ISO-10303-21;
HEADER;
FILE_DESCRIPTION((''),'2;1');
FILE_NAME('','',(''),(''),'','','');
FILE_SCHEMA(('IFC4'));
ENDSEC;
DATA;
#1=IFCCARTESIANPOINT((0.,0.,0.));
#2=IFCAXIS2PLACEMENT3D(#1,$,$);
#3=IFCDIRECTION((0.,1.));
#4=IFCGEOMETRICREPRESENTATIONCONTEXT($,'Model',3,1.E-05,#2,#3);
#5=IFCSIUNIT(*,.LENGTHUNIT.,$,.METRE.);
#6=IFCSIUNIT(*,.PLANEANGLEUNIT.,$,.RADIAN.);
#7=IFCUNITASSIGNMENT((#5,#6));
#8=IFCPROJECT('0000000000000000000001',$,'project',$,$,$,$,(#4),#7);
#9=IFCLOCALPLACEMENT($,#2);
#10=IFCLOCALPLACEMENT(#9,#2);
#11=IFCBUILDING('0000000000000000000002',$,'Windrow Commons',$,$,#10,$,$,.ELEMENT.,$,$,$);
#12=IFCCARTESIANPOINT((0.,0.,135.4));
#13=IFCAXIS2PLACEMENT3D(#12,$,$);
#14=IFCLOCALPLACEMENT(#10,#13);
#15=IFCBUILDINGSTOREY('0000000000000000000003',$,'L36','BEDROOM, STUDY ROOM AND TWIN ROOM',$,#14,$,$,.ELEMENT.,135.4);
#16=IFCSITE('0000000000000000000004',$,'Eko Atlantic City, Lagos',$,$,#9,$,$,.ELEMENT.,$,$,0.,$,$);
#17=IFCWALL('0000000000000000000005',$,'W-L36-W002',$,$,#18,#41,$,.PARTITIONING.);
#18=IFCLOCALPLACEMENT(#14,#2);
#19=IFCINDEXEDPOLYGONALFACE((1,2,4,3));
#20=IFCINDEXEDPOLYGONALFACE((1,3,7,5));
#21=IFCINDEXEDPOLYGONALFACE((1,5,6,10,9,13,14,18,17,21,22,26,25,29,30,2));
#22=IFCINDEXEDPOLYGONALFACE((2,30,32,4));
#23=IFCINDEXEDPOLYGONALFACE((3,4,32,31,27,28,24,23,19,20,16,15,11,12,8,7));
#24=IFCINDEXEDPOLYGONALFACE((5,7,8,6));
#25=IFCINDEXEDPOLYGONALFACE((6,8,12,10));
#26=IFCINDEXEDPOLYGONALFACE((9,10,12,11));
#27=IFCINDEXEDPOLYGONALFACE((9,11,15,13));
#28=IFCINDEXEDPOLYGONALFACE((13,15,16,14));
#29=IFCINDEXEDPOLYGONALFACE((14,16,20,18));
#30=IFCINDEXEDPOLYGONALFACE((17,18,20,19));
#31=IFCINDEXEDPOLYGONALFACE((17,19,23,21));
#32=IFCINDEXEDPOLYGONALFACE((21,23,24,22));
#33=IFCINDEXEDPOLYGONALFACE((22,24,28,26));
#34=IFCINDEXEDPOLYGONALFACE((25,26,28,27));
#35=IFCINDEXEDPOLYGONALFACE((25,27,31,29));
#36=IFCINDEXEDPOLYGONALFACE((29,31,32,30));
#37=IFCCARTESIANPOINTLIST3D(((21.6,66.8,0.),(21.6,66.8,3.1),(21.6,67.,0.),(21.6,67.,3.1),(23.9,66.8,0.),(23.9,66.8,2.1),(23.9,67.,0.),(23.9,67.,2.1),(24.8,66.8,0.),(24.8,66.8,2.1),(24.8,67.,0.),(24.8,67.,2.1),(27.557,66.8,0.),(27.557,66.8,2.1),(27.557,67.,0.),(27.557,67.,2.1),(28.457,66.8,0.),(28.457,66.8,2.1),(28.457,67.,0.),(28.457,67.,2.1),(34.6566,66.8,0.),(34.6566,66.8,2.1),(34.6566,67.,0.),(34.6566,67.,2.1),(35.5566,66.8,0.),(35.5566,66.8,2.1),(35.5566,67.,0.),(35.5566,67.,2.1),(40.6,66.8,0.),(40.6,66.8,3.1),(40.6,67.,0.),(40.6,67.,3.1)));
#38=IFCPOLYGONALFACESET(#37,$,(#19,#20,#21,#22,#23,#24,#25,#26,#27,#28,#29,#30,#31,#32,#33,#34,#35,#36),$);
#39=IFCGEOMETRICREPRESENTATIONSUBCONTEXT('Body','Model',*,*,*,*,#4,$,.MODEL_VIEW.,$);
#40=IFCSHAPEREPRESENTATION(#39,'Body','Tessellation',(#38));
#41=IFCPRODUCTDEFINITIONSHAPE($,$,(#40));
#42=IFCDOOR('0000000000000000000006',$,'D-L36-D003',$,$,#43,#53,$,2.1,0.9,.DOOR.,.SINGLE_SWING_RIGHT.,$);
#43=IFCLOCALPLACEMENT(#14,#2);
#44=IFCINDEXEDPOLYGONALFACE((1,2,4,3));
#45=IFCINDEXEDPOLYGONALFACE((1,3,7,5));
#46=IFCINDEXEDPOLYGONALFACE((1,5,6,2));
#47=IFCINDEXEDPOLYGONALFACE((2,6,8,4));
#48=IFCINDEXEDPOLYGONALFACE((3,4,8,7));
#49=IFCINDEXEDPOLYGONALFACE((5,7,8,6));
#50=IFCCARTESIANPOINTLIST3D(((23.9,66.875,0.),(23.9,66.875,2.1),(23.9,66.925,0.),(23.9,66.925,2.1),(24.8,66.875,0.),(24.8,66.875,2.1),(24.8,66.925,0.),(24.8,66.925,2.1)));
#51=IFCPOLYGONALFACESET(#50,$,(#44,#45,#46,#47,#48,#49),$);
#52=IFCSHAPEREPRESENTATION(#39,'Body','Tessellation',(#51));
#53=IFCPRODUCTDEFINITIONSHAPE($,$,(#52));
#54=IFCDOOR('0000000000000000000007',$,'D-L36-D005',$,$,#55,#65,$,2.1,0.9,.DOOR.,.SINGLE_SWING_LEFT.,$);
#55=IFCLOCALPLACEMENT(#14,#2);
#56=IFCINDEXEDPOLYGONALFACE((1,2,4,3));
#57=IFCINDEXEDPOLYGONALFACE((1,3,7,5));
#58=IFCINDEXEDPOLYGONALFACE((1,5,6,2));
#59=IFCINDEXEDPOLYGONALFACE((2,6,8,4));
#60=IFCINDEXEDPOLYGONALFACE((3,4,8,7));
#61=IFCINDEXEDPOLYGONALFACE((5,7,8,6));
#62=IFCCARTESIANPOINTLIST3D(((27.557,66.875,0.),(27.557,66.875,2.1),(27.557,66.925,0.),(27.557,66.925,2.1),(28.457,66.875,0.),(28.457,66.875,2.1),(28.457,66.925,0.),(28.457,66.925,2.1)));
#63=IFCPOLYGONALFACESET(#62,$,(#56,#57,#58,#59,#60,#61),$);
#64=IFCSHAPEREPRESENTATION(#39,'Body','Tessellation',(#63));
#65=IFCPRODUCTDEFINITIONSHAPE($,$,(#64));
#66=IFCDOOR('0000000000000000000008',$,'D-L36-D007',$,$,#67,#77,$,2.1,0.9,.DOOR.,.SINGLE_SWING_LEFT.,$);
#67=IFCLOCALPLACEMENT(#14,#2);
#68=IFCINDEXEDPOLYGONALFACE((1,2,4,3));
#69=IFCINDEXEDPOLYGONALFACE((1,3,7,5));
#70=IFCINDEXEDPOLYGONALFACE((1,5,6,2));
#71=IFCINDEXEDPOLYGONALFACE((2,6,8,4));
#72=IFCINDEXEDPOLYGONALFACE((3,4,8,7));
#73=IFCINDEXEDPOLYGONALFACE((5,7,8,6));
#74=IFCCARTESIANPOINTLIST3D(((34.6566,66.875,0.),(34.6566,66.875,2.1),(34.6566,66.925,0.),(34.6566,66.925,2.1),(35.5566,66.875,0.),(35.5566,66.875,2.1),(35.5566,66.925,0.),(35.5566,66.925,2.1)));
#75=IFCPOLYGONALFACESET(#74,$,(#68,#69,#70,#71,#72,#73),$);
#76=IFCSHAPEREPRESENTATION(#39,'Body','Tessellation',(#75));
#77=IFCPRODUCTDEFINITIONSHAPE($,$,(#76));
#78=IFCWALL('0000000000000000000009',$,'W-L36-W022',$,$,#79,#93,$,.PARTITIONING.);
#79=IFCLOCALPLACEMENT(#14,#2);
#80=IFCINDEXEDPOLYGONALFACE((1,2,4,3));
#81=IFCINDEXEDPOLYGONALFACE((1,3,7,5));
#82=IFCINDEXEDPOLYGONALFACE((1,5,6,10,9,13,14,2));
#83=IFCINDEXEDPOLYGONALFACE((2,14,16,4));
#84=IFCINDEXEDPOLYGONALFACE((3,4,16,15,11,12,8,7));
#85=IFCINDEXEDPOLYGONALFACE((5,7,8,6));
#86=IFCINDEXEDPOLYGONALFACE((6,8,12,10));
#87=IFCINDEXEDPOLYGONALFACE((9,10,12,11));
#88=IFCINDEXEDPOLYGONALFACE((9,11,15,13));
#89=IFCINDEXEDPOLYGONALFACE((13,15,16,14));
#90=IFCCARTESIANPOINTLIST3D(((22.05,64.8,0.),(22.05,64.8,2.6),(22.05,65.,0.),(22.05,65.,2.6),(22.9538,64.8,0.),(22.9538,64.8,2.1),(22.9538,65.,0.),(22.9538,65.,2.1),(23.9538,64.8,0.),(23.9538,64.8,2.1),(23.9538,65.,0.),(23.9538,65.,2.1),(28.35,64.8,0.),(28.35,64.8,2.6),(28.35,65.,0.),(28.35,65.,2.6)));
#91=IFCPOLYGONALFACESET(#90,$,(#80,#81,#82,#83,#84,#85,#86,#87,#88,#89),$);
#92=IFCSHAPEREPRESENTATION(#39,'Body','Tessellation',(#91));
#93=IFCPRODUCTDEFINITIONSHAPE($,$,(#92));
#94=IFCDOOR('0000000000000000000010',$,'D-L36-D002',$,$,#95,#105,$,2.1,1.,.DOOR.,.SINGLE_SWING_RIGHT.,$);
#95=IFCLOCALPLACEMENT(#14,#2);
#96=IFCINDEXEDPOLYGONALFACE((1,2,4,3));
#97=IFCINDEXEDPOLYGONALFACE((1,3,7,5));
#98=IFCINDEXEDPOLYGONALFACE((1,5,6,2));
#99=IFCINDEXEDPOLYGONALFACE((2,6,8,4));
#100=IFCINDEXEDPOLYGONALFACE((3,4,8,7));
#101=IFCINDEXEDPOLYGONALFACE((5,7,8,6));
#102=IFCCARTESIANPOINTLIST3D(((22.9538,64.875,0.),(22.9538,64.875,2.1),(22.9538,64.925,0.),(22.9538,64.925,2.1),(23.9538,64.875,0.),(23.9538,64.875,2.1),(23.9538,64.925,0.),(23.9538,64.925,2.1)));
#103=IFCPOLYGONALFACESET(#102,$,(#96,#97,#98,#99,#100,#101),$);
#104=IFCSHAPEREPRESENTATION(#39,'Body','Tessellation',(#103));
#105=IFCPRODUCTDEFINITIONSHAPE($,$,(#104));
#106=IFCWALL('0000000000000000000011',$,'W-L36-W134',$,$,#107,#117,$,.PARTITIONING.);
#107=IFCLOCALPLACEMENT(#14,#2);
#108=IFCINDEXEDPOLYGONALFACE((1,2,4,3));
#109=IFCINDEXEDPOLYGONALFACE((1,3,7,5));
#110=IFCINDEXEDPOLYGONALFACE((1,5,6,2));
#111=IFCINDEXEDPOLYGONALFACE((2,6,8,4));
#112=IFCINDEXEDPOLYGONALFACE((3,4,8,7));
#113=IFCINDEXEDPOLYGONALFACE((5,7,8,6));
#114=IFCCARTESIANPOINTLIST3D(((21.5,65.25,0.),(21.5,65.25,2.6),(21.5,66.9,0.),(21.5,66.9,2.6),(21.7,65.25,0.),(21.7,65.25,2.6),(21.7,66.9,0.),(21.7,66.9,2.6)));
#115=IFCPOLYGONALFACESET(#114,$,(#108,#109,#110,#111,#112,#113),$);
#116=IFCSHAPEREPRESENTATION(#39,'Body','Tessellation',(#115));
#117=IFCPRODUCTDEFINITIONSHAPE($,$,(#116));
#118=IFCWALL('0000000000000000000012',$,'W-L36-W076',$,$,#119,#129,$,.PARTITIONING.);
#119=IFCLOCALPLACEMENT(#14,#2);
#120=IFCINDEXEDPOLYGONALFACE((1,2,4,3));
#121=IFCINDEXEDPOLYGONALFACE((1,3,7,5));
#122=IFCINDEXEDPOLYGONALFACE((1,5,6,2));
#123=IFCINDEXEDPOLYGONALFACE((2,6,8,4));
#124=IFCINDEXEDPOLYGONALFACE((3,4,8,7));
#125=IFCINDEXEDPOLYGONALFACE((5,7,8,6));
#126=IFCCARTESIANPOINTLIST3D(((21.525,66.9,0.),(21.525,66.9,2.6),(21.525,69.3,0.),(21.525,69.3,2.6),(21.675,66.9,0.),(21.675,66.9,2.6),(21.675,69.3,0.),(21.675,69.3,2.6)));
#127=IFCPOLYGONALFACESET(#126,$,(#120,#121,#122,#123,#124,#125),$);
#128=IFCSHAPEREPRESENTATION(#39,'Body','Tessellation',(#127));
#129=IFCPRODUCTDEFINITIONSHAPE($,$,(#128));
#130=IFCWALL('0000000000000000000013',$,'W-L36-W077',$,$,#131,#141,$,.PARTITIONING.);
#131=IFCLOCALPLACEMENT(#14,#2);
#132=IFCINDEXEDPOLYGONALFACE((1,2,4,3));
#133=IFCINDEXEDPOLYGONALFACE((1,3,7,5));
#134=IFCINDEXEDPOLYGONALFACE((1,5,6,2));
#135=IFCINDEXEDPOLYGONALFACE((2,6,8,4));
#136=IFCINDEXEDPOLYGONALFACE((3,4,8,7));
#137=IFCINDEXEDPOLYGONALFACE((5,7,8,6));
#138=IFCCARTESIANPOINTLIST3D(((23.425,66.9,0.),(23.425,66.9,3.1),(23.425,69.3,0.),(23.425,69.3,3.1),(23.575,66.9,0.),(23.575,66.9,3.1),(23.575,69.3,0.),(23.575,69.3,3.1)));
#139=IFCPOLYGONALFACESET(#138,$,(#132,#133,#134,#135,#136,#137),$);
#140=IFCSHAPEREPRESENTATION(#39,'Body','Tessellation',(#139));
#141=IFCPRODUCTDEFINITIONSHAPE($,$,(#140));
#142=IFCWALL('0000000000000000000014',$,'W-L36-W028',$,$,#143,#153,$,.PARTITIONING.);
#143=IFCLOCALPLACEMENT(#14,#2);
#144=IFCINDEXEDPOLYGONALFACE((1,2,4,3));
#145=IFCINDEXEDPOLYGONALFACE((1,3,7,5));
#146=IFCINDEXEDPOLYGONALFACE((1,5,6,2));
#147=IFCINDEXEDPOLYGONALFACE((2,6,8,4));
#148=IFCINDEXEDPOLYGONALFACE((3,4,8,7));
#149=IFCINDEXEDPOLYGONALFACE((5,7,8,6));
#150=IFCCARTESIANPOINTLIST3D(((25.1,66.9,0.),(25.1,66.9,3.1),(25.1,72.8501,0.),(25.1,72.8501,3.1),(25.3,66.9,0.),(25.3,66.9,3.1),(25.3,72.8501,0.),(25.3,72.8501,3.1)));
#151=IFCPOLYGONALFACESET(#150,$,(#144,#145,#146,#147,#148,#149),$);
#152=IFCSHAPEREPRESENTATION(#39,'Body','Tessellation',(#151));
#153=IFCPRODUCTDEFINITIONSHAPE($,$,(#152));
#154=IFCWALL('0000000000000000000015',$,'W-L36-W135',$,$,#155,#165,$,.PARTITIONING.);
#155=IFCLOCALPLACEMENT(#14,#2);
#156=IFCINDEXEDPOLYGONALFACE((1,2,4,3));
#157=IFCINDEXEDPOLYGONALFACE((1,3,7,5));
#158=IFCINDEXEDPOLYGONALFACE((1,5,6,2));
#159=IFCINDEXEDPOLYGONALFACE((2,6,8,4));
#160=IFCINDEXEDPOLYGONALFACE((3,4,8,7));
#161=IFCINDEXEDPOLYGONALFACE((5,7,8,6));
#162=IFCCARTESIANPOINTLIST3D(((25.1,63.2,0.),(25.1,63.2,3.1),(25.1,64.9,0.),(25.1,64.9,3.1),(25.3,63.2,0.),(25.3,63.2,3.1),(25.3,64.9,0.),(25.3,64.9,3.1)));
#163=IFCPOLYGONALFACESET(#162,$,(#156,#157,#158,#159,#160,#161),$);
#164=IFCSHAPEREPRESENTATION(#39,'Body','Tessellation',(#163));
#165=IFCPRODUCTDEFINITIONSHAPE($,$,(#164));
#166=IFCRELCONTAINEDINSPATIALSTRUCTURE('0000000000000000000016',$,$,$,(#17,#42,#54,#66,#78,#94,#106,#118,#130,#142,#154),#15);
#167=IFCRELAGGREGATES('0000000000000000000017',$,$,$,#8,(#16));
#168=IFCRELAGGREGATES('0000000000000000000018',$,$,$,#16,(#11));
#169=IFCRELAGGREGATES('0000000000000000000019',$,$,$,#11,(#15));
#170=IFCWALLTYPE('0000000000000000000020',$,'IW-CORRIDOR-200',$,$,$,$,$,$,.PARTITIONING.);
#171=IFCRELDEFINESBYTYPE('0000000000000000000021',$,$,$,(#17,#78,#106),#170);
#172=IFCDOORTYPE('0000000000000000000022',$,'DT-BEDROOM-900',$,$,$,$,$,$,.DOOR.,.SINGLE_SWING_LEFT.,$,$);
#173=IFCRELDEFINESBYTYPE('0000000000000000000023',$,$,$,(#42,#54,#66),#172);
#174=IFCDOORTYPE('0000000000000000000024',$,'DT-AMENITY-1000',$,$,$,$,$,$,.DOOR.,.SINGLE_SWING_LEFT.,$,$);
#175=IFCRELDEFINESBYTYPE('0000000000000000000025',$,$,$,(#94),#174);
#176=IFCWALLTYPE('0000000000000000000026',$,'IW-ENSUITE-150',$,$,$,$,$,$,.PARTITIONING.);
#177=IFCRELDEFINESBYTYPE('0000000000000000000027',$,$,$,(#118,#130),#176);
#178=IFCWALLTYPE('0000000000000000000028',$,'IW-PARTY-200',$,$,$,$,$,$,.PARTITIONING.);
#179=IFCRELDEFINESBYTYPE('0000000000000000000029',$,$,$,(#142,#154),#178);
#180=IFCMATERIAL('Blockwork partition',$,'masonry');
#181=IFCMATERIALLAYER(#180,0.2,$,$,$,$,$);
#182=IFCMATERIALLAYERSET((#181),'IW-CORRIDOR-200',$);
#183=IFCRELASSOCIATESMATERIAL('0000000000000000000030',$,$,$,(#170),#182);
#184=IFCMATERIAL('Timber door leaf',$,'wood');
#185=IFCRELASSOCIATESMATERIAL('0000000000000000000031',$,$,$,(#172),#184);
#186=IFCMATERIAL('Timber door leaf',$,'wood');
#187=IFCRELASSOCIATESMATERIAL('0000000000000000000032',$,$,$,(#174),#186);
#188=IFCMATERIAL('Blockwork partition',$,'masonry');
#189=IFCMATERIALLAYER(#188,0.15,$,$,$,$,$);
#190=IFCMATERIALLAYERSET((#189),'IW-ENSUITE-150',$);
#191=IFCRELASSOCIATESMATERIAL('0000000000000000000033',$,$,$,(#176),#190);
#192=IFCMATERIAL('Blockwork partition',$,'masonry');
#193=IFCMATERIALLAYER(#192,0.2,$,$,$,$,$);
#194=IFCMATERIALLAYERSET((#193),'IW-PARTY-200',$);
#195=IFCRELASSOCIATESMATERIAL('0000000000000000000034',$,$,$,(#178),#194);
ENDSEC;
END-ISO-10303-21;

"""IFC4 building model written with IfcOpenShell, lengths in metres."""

from ifc_helpers import new_model, si_unit, direction, frame, frame_2d, origin, place, context, subcontext, project, spatial, rectangle, extrude, material, layer, layer_set, type_object, element, fill, save


model = new_model("IFC4")

# Units and contexts
model_context = context("Model", 3, precision=1e-05, world=origin(), true_north=direction((0.0, 1.0)))
body_context = subcontext(model_context, "Body", "Model", "MODEL_VIEW")
ifc_project = project(units=[si_unit("LENGTHUNIT", "METRE"), si_unit("PLANEANGLEUNIT", "RADIAN")], contexts=[model_context])

# Site, building, storey
site_placement = place(None, origin())
site = spatial("IfcSite", under=ifc_project, at=site_placement, Name="Eko Atlantic City, Lagos", CompositionType="ELEMENT", RefElevation=0.0)
building_placement = place(site_placement, origin())
building = spatial("IfcBuilding", under=site, at=building_placement, Name="Windrow Commons", CompositionType="ELEMENT")
storey_placement = place(building_placement, frame((0.0, 0.0, 135.4)))
storey = spatial("IfcBuildingStorey", under=building, at=storey_placement, Name="L36", Description="BEDROOM, STUDY ROOM AND TWIN ROOM", CompositionType="ELEMENT", Elevation=135.4)

# Wall, openings, doors
ifc_material_1 = material(Name="Blockwork partition", Category="masonry")
ifc_layer_1 = layer(ifc_material_1, 0.2)
ifc_layer_set_1 = layer_set([ifc_layer_1], Name="IW-CORRIDOR-200")
wall_type_1 = type_object("IfcWallType", Name="IW-CORRIDOR-200", PredefinedType="PARTITIONING", material=ifc_layer_set_1)
wall_1_placement = place(storey_placement, frame((21.6, 66.9, 0.0), z_axis=(0.0, 0.0, 1.0), x_axis=(1.0, 0.0, 0.0)))
wall_1 = element("IfcWall", 1, at=wall_1_placement, inside=storey, type_object=wall_type_1, Name="W-L36-W002", PredefinedType="PARTITIONING", context=body_context, shape_type="SweptSolid", body=[
    extrude(rectangle(XDim=19.0, YDim=0.2, at=frame_2d((9.5, 0.0))), origin(), (0.0, 0.0, 1.0), 3.1),
])
opening_1_placement = place(wall_1_placement, frame((2.3, 0.0, 0.0)))
opening_1 = element("IfcOpeningElement", 2, at=opening_1_placement, cuts=wall_1, PredefinedType="OPENING", context=body_context, shape_type="SweptSolid", body=[
    extrude(rectangle(XDim=0.9, YDim=2.1, at=frame_2d((0.45, 1.05))), frame((0.0, 0.11, 0.0), z_axis=(0.0, -1.0, 0.0), x_axis=(1.0, 0.0, 0.0)), (0.0, 0.0, 1.0), 0.22),
])
opening_2_placement = place(wall_1_placement, frame((5.957, 0.0, 0.0)))
opening_2 = element("IfcOpeningElement", 3, at=opening_2_placement, cuts=wall_1, PredefinedType="OPENING", context=body_context, shape_type="SweptSolid", body=[
    extrude(rectangle(XDim=0.9, YDim=2.1, at=frame_2d((0.45, 1.05))), frame((0.0, 0.11, 0.0), z_axis=(0.0, -1.0, 0.0), x_axis=(1.0, 0.0, 0.0)), (0.0, 0.0, 1.0), 0.22),
])
opening_3_placement = place(wall_1_placement, frame((13.0566, 0.0, 0.0)))
opening_3 = element("IfcOpeningElement", 4, at=opening_3_placement, cuts=wall_1, PredefinedType="OPENING", context=body_context, shape_type="SweptSolid", body=[
    extrude(rectangle(XDim=0.9, YDim=2.1, at=frame_2d((0.45, 1.05))), frame((0.0, 0.11, 0.0), z_axis=(0.0, -1.0, 0.0), x_axis=(1.0, 0.0, 0.0)), (0.0, 0.0, 1.0), 0.22),
])
ifc_material_2 = material(Name="Timber door leaf", Category="wood")
door_type_1 = type_object("IfcDoorType", Name="DT-BEDROOM-900", OperationType="SINGLE_SWING_LEFT", PredefinedType="DOOR", material=ifc_material_2)
door_1_placement = place(opening_1_placement, origin())
door_1 = element("IfcDoor", 5, at=door_1_placement, inside=storey, type_object=door_type_1, Name="D-L36-D003", OperationType="SINGLE_SWING_RIGHT", OverallHeight=2.1, OverallWidth=0.9, PredefinedType="DOOR", context=body_context, shape_type="SweptSolid", body=[
    extrude(rectangle(XDim=0.9, YDim=2.1, at=frame_2d((0.45, 1.05))), frame((0.0, 0.025, 0.0), z_axis=(0.0, -1.0, 0.0), x_axis=(1.0, 0.0, 0.0)), (0.0, 0.0, 1.0), 0.05),
])
fill(opening_1, door_1)
door_2_placement = place(opening_2_placement, origin())
door_2 = element("IfcDoor", 6, at=door_2_placement, inside=storey, type_object=door_type_1, Name="D-L36-D005", OperationType="SINGLE_SWING_LEFT", OverallHeight=2.1, OverallWidth=0.9, PredefinedType="DOOR", context=body_context, shape_type="SweptSolid", body=[
    extrude(rectangle(XDim=0.9, YDim=2.1, at=frame_2d((0.45, 1.05))), frame((0.0, 0.025, 0.0), z_axis=(0.0, -1.0, 0.0), x_axis=(1.0, 0.0, 0.0)), (0.0, 0.0, 1.0), 0.05),
])
fill(opening_2, door_2)
door_3_placement = place(opening_3_placement, origin())
door_3 = element("IfcDoor", 7, at=door_3_placement, inside=storey, type_object=door_type_1, Name="D-L36-D007", OperationType="SINGLE_SWING_LEFT", OverallHeight=2.1, OverallWidth=0.9, PredefinedType="DOOR", context=body_context, shape_type="SweptSolid", body=[
    extrude(rectangle(XDim=0.9, YDim=2.1, at=frame_2d((0.45, 1.05))), frame((0.0, 0.025, 0.0), z_axis=(0.0, -1.0, 0.0), x_axis=(1.0, 0.0, 0.0)), (0.0, 0.0, 1.0), 0.05),
])
fill(opening_3, door_3)

# Wall, opening, door
wall_2_placement = place(storey_placement, frame((22.05, 64.9, 0.0), z_axis=(0.0, 0.0, 1.0), x_axis=(1.0, 0.0, 0.0)))
wall_2 = element("IfcWall", 8, at=wall_2_placement, inside=storey, type_object=wall_type_1, Name="W-L36-W022", PredefinedType="PARTITIONING", context=body_context, shape_type="SweptSolid", body=[
    extrude(rectangle(XDim=6.3, YDim=0.2, at=frame_2d((3.15, 0.0))), origin(), (0.0, 0.0, 1.0), 2.6),
])
opening_4_placement = place(wall_2_placement, frame((0.9038, 0.0, 0.0)))
opening_4 = element("IfcOpeningElement", 9, at=opening_4_placement, cuts=wall_2, PredefinedType="OPENING", context=body_context, shape_type="SweptSolid", body=[
    extrude(rectangle(XDim=1.0, YDim=2.1, at=frame_2d((0.5, 1.05))), frame((0.0, 0.11, 0.0), z_axis=(0.0, -1.0, 0.0), x_axis=(1.0, 0.0, 0.0)), (0.0, 0.0, 1.0), 0.22),
])
ifc_material_3 = material(Name="Timber door leaf", Category="wood")
door_type_2 = type_object("IfcDoorType", Name="DT-AMENITY-1000", OperationType="SINGLE_SWING_LEFT", PredefinedType="DOOR", material=ifc_material_3)
door_4_placement = place(opening_4_placement, origin())
door_4 = element("IfcDoor", 10, at=door_4_placement, inside=storey, type_object=door_type_2, Name="D-L36-D002", OperationType="SINGLE_SWING_RIGHT", OverallHeight=2.1, OverallWidth=1.0, PredefinedType="DOOR", context=body_context, shape_type="SweptSolid", body=[
    extrude(rectangle(XDim=1.0, YDim=2.1, at=frame_2d((0.5, 1.05))), frame((0.0, 0.025, 0.0), z_axis=(0.0, -1.0, 0.0), x_axis=(1.0, 0.0, 0.0)), (0.0, 0.0, 1.0), 0.05),
])
fill(opening_4, door_4)

# Walls
wall_3_placement = place(storey_placement, frame((21.6, 65.25, 0.0), z_axis=(0.0, 0.0, 1.0), x_axis=(0.0, 1.0, 0.0)))
element("IfcWall", 11, at=wall_3_placement, inside=storey, type_object=wall_type_1, Name="W-L36-W134", PredefinedType="PARTITIONING", context=body_context, shape_type="SweptSolid", body=[
    extrude(rectangle(XDim=1.65, YDim=0.2, at=frame_2d((0.825, 0.0))), origin(), (0.0, 0.0, 1.0), 2.6),
])
ifc_material_4 = material(Name="Blockwork partition", Category="masonry")
ifc_layer_2 = layer(ifc_material_4, 0.15)
ifc_layer_set_2 = layer_set([ifc_layer_2], Name="IW-ENSUITE-150")
wall_type_2 = type_object("IfcWallType", Name="IW-ENSUITE-150", PredefinedType="PARTITIONING", material=ifc_layer_set_2)
wall_4_placement = place(storey_placement, frame((21.6, 66.9, 0.0), z_axis=(0.0, 0.0, 1.0), x_axis=(0.0, 1.0, 0.0)))
element("IfcWall", 12, at=wall_4_placement, inside=storey, type_object=wall_type_2, Name="W-L36-W076", PredefinedType="PARTITIONING", context=body_context, shape_type="SweptSolid", body=[
    extrude(rectangle(XDim=2.4, YDim=0.15, at=frame_2d((1.2, 0.0))), origin(), (0.0, 0.0, 1.0), 2.6),
])
wall_5_placement = place(storey_placement, frame((23.5, 66.9, 0.0), z_axis=(0.0, 0.0, 1.0), x_axis=(0.0, 1.0, 0.0)))
element("IfcWall", 13, at=wall_5_placement, inside=storey, type_object=wall_type_2, Name="W-L36-W077", PredefinedType="PARTITIONING", context=body_context, shape_type="SweptSolid", body=[
    extrude(rectangle(XDim=2.4, YDim=0.15, at=frame_2d((1.2, 0.0))), origin(), (0.0, 0.0, 1.0), 3.1),
])
ifc_material_5 = material(Name="Blockwork partition", Category="masonry")
ifc_layer_3 = layer(ifc_material_5, 0.2)
ifc_layer_set_3 = layer_set([ifc_layer_3], Name="IW-PARTY-200")
wall_type_3 = type_object("IfcWallType", Name="IW-PARTY-200", PredefinedType="PARTITIONING", material=ifc_layer_set_3)
wall_6_placement = place(storey_placement, frame((25.2, 66.9, 0.0), z_axis=(0.0, 0.0, 1.0), x_axis=(0.0, 1.0, 0.0)))
element("IfcWall", 14, at=wall_6_placement, inside=storey, type_object=wall_type_3, Name="W-L36-W028", PredefinedType="PARTITIONING", context=body_context, shape_type="SweptSolid", body=[
    extrude(rectangle(XDim=5.9501, YDim=0.2, at=frame_2d((2.975, 0.0))), origin(), (0.0, 0.0, 1.0), 3.1),
])
wall_7_placement = place(storey_placement, frame((25.2, 63.2, 0.0), z_axis=(0.0, 0.0, 1.0), x_axis=(0.0, 1.0, 0.0)))
element("IfcWall", 15, at=wall_7_placement, inside=storey, type_object=wall_type_3, Name="W-L36-W135", PredefinedType="PARTITIONING", context=body_context, shape_type="SweptSolid", body=[
    extrude(rectangle(XDim=1.7, YDim=0.2, at=frame_2d((0.85, 0.0))), origin(), (0.0, 0.0, 1.0), 3.1),
])

save(model, "model.ifc")
